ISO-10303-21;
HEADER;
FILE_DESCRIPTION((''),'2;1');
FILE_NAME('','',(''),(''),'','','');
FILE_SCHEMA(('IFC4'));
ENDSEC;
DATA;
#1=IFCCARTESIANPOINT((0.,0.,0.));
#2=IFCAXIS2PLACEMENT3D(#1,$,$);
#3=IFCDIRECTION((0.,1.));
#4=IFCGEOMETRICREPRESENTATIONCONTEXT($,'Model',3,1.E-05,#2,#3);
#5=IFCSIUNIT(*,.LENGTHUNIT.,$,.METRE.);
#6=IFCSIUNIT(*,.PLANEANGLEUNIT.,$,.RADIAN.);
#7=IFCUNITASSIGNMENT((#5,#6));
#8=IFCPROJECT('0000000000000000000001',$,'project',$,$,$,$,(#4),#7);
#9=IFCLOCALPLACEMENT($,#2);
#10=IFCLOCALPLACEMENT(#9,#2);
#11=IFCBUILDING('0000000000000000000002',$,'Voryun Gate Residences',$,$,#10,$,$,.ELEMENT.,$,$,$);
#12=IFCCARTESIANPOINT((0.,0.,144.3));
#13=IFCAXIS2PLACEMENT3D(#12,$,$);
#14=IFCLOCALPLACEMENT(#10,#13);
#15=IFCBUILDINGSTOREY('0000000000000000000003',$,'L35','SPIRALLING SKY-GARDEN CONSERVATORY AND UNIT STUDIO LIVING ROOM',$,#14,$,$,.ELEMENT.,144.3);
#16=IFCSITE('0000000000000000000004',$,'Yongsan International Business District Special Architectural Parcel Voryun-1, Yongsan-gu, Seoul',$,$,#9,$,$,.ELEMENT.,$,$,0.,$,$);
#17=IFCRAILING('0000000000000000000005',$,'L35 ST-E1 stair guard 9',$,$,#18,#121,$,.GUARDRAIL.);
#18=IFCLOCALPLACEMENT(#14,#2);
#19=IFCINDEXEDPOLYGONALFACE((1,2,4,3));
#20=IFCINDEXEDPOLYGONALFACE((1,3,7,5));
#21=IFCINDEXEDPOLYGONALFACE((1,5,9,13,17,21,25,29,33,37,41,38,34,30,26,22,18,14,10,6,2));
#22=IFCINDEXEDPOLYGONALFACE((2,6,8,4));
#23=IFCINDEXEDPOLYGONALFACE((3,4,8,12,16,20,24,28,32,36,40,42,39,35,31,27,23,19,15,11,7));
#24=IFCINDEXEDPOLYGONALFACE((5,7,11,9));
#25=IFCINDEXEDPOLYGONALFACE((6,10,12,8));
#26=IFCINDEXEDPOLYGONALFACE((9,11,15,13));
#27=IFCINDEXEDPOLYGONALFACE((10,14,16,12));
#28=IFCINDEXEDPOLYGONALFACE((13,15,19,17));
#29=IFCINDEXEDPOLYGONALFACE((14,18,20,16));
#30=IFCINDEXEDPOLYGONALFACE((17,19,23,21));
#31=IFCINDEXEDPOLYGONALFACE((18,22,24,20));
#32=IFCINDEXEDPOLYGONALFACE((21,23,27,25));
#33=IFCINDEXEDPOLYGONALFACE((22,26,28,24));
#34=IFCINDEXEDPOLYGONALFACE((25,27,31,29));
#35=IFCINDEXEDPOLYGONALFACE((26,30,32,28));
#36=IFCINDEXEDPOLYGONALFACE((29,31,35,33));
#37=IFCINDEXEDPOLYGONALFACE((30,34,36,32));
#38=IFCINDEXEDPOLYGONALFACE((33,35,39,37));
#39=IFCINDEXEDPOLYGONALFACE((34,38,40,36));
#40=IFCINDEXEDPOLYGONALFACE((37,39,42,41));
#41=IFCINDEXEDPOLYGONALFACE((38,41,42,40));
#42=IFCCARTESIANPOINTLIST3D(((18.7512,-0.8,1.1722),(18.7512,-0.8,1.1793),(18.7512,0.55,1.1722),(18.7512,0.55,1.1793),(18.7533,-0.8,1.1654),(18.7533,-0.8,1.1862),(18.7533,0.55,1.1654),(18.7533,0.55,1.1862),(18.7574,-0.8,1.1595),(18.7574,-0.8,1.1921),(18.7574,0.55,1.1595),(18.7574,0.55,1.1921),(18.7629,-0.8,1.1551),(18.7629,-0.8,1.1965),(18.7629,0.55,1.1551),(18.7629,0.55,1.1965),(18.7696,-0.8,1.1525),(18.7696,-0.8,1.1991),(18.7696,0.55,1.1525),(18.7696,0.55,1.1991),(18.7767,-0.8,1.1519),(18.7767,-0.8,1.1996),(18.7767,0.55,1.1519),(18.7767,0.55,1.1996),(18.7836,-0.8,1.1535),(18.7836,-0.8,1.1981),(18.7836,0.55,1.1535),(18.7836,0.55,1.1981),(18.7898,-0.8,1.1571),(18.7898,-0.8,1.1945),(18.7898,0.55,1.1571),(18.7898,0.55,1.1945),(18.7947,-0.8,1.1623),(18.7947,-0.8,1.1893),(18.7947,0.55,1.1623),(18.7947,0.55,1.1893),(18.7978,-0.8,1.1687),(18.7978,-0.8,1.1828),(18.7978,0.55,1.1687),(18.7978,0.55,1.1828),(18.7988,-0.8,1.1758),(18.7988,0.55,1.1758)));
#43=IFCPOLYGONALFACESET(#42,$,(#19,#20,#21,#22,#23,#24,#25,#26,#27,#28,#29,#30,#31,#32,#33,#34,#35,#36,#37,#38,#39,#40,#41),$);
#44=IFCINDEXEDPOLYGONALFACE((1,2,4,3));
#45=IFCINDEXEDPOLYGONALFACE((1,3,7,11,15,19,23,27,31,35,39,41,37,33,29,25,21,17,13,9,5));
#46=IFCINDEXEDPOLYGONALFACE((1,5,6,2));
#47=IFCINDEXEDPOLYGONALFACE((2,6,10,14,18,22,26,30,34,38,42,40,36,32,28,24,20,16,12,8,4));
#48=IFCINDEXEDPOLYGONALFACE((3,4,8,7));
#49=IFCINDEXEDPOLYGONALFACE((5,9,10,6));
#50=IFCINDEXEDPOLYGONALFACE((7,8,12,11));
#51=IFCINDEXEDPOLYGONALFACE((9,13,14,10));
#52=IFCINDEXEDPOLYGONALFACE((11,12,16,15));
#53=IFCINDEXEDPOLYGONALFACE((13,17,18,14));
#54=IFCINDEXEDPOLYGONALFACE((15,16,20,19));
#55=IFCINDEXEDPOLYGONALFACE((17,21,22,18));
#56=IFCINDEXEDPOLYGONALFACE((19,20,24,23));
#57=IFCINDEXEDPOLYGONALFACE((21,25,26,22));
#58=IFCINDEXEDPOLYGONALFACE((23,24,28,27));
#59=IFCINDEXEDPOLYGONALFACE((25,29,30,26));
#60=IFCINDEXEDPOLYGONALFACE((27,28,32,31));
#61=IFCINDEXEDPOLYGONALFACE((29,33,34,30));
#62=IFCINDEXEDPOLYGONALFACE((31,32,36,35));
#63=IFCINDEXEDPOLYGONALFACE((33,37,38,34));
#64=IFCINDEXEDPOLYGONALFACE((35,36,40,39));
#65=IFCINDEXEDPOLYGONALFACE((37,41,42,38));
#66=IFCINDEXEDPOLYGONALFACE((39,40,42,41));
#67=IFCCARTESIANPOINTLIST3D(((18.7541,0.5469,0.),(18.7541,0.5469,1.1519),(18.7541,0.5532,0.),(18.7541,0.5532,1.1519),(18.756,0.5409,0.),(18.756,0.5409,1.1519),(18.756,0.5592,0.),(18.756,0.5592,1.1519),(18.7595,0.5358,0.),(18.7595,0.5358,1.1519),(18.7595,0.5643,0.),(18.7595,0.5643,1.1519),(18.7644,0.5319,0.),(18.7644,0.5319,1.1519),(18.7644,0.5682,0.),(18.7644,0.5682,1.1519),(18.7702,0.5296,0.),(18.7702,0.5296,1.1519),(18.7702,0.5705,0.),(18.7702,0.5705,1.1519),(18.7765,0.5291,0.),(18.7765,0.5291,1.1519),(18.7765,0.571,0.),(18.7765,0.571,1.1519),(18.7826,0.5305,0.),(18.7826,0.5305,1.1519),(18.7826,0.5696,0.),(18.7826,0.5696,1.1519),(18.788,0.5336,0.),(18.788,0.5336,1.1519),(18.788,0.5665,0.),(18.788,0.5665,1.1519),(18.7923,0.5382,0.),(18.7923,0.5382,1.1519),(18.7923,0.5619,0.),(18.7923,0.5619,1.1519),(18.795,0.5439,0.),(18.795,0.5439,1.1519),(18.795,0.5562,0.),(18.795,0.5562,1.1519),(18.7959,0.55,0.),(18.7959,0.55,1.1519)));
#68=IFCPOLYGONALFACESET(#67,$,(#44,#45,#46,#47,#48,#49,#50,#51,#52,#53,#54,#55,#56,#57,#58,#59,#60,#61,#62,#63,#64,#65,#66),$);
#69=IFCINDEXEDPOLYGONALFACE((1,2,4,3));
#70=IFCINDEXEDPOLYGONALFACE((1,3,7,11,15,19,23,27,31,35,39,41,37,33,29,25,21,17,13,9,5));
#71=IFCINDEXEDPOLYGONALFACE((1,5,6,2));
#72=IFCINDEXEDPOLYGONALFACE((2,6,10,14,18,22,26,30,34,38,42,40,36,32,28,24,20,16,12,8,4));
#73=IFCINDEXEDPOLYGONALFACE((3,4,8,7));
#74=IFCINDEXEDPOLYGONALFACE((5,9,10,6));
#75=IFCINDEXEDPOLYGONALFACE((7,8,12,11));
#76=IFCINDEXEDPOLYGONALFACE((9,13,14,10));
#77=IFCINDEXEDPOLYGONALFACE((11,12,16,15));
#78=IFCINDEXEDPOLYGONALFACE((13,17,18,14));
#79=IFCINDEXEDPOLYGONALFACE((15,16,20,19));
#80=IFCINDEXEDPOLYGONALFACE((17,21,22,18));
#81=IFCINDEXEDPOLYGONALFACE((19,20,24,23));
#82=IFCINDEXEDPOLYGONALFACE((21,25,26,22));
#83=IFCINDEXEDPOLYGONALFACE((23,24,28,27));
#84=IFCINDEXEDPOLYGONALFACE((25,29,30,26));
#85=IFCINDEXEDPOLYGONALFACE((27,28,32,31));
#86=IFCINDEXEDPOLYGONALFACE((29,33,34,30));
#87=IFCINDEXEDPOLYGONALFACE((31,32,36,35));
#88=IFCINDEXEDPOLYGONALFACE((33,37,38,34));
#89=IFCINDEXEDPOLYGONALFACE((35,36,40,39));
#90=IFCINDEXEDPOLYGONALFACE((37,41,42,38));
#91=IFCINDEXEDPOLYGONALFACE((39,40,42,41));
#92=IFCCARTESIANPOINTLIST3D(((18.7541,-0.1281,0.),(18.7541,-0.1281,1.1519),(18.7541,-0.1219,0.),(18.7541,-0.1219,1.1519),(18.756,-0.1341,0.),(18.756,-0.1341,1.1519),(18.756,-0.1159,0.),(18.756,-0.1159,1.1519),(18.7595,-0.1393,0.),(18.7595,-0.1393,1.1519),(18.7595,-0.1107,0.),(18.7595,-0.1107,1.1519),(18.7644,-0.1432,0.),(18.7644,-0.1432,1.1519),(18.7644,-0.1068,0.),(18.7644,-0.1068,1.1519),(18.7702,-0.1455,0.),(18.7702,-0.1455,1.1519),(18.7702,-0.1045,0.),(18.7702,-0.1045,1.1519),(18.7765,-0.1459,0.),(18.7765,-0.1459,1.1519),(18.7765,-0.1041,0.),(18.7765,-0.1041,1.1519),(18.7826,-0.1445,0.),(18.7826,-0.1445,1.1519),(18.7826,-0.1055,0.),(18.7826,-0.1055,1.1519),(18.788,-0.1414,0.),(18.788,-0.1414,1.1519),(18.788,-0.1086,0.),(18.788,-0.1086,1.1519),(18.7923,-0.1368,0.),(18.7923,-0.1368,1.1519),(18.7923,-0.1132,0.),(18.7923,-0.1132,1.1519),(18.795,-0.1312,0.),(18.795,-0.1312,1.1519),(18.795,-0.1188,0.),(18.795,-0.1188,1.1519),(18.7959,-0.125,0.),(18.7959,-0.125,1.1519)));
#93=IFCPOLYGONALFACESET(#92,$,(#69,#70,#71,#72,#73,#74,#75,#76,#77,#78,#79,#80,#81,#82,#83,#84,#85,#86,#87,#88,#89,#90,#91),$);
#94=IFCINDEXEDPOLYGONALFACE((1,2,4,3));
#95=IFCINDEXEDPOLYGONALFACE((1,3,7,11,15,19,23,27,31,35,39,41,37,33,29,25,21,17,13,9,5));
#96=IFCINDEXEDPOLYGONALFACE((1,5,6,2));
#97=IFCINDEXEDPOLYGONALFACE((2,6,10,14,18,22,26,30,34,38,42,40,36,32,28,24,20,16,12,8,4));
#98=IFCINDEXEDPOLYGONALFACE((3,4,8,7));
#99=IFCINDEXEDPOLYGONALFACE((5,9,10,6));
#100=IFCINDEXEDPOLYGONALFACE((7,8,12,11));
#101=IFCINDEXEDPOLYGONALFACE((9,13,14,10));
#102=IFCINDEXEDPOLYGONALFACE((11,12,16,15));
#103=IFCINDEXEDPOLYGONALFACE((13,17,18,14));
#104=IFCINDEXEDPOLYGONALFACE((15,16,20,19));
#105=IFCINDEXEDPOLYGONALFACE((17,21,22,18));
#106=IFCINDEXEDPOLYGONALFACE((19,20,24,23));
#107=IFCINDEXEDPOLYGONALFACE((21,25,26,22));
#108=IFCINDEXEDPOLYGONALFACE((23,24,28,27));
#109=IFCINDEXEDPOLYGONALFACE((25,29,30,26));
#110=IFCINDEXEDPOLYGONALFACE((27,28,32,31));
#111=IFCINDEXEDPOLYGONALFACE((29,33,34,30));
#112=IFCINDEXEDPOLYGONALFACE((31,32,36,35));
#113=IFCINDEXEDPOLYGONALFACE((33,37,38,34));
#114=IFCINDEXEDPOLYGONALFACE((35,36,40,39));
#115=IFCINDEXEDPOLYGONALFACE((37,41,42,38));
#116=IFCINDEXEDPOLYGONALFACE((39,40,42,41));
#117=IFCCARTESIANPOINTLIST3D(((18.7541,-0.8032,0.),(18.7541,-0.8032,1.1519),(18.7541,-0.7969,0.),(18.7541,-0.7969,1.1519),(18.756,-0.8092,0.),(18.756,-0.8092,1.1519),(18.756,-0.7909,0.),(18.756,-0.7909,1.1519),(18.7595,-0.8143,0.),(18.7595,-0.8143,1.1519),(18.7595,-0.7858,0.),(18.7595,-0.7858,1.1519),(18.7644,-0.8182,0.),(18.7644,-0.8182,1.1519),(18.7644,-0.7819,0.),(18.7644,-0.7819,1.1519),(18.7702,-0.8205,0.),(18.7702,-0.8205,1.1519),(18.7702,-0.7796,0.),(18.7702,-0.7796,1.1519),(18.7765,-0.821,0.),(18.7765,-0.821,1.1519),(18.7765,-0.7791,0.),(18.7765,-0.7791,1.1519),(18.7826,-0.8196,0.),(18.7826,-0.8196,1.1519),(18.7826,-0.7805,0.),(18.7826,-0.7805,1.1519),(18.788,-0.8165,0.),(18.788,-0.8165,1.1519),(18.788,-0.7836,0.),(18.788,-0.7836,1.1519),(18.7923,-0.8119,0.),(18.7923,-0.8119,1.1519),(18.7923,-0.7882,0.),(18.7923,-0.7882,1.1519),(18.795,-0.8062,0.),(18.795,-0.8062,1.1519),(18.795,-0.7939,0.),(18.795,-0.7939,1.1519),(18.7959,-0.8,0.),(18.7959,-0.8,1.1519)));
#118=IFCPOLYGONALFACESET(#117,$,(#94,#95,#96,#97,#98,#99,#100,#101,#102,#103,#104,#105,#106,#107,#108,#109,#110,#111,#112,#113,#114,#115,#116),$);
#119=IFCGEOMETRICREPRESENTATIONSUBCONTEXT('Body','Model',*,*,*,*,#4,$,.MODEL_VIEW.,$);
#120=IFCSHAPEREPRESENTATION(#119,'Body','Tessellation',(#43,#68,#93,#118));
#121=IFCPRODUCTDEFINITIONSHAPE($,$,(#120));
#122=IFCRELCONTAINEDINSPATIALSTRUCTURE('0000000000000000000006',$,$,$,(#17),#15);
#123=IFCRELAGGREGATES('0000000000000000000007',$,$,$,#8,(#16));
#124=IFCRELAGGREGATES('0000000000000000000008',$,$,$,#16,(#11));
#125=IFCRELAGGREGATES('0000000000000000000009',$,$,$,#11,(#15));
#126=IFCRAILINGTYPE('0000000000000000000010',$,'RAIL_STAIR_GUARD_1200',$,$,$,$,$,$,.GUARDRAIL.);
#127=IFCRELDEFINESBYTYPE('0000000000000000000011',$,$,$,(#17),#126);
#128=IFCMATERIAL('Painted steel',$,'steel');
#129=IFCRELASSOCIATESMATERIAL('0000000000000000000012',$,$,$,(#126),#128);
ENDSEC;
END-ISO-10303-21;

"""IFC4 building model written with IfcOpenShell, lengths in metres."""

from ifc_helpers import new_model, si_unit, direction, frame, origin, origin_2d, place, context, subcontext, project, spatial, circle, extrude, material, type_object, element, save


model = new_model("IFC4")

# Units and contexts
model_context = context("Model", 3, precision=1e-05, world=origin(), true_north=direction((0.0, 1.0)))
body_context = subcontext(model_context, "Body", "Model", "MODEL_VIEW")
ifc_project = project(units=[si_unit("LENGTHUNIT", "METRE"), si_unit("PLANEANGLEUNIT", "RADIAN")], contexts=[model_context])

# Site, building, storey
site_placement = place(None, origin())
site = spatial("IfcSite", under=ifc_project, at=site_placement, Name="Yongsan International Business District Special Architectural Parcel Voryun-1, Yongsan-gu, Seoul", CompositionType="ELEMENT", RefElevation=0.0)
building_placement = place(site_placement, origin())
building = spatial("IfcBuilding", under=site, at=building_placement, Name="Voryun Gate Residences", CompositionType="ELEMENT")
storey_placement = place(building_placement, frame((0.0, 0.0, 144.3)))
storey = spatial("IfcBuildingStorey", under=building, at=storey_placement, Name="L35", Description="SPIRALLING SKY-GARDEN CONSERVATORY AND UNIT STUDIO LIVING ROOM", CompositionType="ELEMENT", Elevation=144.3)

# Railing
ifc_material_1 = material(Name="Painted steel", Category="steel")
railing_type = type_object("IfcRailingType", Name="RAIL_STAIR_GUARD_1200", PredefinedType="GUARDRAIL", material=ifc_material_1)
for number, where, name in (
    (1, (18.7749, 0.55, 0.0), "L35 ST-E1 stair guard 9"),
):
    element("IfcRailing", number, at=place(storey_placement, frame(where)), inside=storey, type_object=railing_type, Name=name, PredefinedType="GUARDRAIL", context=body_context, shape_type="SweptSolid", body=[
        extrude(circle(Radius=0.0239, at=origin_2d()), frame((0.0, 0.0, 1.1758), z_axis=(0.0, -1.0, 0.0), x_axis=(1.0, 0.0, 0.0)), (0.0, 0.0, 1.0), 1.3501),
        extrude(circle(Radius=0.021, at=origin_2d()), origin(), (0.0, 0.0, 1.0), 1.1519),
        extrude(circle(Radius=0.021, at=origin_2d()), frame((0.0, -0.675, 0.0)), (0.0, 0.0, 1.0), 1.1519),
        extrude(circle(Radius=0.021, at=origin_2d()), frame((0.0, -1.3501, 0.0)), (0.0, 0.0, 1.0), 1.1519),
    ])

save(model, "model.ifc")
